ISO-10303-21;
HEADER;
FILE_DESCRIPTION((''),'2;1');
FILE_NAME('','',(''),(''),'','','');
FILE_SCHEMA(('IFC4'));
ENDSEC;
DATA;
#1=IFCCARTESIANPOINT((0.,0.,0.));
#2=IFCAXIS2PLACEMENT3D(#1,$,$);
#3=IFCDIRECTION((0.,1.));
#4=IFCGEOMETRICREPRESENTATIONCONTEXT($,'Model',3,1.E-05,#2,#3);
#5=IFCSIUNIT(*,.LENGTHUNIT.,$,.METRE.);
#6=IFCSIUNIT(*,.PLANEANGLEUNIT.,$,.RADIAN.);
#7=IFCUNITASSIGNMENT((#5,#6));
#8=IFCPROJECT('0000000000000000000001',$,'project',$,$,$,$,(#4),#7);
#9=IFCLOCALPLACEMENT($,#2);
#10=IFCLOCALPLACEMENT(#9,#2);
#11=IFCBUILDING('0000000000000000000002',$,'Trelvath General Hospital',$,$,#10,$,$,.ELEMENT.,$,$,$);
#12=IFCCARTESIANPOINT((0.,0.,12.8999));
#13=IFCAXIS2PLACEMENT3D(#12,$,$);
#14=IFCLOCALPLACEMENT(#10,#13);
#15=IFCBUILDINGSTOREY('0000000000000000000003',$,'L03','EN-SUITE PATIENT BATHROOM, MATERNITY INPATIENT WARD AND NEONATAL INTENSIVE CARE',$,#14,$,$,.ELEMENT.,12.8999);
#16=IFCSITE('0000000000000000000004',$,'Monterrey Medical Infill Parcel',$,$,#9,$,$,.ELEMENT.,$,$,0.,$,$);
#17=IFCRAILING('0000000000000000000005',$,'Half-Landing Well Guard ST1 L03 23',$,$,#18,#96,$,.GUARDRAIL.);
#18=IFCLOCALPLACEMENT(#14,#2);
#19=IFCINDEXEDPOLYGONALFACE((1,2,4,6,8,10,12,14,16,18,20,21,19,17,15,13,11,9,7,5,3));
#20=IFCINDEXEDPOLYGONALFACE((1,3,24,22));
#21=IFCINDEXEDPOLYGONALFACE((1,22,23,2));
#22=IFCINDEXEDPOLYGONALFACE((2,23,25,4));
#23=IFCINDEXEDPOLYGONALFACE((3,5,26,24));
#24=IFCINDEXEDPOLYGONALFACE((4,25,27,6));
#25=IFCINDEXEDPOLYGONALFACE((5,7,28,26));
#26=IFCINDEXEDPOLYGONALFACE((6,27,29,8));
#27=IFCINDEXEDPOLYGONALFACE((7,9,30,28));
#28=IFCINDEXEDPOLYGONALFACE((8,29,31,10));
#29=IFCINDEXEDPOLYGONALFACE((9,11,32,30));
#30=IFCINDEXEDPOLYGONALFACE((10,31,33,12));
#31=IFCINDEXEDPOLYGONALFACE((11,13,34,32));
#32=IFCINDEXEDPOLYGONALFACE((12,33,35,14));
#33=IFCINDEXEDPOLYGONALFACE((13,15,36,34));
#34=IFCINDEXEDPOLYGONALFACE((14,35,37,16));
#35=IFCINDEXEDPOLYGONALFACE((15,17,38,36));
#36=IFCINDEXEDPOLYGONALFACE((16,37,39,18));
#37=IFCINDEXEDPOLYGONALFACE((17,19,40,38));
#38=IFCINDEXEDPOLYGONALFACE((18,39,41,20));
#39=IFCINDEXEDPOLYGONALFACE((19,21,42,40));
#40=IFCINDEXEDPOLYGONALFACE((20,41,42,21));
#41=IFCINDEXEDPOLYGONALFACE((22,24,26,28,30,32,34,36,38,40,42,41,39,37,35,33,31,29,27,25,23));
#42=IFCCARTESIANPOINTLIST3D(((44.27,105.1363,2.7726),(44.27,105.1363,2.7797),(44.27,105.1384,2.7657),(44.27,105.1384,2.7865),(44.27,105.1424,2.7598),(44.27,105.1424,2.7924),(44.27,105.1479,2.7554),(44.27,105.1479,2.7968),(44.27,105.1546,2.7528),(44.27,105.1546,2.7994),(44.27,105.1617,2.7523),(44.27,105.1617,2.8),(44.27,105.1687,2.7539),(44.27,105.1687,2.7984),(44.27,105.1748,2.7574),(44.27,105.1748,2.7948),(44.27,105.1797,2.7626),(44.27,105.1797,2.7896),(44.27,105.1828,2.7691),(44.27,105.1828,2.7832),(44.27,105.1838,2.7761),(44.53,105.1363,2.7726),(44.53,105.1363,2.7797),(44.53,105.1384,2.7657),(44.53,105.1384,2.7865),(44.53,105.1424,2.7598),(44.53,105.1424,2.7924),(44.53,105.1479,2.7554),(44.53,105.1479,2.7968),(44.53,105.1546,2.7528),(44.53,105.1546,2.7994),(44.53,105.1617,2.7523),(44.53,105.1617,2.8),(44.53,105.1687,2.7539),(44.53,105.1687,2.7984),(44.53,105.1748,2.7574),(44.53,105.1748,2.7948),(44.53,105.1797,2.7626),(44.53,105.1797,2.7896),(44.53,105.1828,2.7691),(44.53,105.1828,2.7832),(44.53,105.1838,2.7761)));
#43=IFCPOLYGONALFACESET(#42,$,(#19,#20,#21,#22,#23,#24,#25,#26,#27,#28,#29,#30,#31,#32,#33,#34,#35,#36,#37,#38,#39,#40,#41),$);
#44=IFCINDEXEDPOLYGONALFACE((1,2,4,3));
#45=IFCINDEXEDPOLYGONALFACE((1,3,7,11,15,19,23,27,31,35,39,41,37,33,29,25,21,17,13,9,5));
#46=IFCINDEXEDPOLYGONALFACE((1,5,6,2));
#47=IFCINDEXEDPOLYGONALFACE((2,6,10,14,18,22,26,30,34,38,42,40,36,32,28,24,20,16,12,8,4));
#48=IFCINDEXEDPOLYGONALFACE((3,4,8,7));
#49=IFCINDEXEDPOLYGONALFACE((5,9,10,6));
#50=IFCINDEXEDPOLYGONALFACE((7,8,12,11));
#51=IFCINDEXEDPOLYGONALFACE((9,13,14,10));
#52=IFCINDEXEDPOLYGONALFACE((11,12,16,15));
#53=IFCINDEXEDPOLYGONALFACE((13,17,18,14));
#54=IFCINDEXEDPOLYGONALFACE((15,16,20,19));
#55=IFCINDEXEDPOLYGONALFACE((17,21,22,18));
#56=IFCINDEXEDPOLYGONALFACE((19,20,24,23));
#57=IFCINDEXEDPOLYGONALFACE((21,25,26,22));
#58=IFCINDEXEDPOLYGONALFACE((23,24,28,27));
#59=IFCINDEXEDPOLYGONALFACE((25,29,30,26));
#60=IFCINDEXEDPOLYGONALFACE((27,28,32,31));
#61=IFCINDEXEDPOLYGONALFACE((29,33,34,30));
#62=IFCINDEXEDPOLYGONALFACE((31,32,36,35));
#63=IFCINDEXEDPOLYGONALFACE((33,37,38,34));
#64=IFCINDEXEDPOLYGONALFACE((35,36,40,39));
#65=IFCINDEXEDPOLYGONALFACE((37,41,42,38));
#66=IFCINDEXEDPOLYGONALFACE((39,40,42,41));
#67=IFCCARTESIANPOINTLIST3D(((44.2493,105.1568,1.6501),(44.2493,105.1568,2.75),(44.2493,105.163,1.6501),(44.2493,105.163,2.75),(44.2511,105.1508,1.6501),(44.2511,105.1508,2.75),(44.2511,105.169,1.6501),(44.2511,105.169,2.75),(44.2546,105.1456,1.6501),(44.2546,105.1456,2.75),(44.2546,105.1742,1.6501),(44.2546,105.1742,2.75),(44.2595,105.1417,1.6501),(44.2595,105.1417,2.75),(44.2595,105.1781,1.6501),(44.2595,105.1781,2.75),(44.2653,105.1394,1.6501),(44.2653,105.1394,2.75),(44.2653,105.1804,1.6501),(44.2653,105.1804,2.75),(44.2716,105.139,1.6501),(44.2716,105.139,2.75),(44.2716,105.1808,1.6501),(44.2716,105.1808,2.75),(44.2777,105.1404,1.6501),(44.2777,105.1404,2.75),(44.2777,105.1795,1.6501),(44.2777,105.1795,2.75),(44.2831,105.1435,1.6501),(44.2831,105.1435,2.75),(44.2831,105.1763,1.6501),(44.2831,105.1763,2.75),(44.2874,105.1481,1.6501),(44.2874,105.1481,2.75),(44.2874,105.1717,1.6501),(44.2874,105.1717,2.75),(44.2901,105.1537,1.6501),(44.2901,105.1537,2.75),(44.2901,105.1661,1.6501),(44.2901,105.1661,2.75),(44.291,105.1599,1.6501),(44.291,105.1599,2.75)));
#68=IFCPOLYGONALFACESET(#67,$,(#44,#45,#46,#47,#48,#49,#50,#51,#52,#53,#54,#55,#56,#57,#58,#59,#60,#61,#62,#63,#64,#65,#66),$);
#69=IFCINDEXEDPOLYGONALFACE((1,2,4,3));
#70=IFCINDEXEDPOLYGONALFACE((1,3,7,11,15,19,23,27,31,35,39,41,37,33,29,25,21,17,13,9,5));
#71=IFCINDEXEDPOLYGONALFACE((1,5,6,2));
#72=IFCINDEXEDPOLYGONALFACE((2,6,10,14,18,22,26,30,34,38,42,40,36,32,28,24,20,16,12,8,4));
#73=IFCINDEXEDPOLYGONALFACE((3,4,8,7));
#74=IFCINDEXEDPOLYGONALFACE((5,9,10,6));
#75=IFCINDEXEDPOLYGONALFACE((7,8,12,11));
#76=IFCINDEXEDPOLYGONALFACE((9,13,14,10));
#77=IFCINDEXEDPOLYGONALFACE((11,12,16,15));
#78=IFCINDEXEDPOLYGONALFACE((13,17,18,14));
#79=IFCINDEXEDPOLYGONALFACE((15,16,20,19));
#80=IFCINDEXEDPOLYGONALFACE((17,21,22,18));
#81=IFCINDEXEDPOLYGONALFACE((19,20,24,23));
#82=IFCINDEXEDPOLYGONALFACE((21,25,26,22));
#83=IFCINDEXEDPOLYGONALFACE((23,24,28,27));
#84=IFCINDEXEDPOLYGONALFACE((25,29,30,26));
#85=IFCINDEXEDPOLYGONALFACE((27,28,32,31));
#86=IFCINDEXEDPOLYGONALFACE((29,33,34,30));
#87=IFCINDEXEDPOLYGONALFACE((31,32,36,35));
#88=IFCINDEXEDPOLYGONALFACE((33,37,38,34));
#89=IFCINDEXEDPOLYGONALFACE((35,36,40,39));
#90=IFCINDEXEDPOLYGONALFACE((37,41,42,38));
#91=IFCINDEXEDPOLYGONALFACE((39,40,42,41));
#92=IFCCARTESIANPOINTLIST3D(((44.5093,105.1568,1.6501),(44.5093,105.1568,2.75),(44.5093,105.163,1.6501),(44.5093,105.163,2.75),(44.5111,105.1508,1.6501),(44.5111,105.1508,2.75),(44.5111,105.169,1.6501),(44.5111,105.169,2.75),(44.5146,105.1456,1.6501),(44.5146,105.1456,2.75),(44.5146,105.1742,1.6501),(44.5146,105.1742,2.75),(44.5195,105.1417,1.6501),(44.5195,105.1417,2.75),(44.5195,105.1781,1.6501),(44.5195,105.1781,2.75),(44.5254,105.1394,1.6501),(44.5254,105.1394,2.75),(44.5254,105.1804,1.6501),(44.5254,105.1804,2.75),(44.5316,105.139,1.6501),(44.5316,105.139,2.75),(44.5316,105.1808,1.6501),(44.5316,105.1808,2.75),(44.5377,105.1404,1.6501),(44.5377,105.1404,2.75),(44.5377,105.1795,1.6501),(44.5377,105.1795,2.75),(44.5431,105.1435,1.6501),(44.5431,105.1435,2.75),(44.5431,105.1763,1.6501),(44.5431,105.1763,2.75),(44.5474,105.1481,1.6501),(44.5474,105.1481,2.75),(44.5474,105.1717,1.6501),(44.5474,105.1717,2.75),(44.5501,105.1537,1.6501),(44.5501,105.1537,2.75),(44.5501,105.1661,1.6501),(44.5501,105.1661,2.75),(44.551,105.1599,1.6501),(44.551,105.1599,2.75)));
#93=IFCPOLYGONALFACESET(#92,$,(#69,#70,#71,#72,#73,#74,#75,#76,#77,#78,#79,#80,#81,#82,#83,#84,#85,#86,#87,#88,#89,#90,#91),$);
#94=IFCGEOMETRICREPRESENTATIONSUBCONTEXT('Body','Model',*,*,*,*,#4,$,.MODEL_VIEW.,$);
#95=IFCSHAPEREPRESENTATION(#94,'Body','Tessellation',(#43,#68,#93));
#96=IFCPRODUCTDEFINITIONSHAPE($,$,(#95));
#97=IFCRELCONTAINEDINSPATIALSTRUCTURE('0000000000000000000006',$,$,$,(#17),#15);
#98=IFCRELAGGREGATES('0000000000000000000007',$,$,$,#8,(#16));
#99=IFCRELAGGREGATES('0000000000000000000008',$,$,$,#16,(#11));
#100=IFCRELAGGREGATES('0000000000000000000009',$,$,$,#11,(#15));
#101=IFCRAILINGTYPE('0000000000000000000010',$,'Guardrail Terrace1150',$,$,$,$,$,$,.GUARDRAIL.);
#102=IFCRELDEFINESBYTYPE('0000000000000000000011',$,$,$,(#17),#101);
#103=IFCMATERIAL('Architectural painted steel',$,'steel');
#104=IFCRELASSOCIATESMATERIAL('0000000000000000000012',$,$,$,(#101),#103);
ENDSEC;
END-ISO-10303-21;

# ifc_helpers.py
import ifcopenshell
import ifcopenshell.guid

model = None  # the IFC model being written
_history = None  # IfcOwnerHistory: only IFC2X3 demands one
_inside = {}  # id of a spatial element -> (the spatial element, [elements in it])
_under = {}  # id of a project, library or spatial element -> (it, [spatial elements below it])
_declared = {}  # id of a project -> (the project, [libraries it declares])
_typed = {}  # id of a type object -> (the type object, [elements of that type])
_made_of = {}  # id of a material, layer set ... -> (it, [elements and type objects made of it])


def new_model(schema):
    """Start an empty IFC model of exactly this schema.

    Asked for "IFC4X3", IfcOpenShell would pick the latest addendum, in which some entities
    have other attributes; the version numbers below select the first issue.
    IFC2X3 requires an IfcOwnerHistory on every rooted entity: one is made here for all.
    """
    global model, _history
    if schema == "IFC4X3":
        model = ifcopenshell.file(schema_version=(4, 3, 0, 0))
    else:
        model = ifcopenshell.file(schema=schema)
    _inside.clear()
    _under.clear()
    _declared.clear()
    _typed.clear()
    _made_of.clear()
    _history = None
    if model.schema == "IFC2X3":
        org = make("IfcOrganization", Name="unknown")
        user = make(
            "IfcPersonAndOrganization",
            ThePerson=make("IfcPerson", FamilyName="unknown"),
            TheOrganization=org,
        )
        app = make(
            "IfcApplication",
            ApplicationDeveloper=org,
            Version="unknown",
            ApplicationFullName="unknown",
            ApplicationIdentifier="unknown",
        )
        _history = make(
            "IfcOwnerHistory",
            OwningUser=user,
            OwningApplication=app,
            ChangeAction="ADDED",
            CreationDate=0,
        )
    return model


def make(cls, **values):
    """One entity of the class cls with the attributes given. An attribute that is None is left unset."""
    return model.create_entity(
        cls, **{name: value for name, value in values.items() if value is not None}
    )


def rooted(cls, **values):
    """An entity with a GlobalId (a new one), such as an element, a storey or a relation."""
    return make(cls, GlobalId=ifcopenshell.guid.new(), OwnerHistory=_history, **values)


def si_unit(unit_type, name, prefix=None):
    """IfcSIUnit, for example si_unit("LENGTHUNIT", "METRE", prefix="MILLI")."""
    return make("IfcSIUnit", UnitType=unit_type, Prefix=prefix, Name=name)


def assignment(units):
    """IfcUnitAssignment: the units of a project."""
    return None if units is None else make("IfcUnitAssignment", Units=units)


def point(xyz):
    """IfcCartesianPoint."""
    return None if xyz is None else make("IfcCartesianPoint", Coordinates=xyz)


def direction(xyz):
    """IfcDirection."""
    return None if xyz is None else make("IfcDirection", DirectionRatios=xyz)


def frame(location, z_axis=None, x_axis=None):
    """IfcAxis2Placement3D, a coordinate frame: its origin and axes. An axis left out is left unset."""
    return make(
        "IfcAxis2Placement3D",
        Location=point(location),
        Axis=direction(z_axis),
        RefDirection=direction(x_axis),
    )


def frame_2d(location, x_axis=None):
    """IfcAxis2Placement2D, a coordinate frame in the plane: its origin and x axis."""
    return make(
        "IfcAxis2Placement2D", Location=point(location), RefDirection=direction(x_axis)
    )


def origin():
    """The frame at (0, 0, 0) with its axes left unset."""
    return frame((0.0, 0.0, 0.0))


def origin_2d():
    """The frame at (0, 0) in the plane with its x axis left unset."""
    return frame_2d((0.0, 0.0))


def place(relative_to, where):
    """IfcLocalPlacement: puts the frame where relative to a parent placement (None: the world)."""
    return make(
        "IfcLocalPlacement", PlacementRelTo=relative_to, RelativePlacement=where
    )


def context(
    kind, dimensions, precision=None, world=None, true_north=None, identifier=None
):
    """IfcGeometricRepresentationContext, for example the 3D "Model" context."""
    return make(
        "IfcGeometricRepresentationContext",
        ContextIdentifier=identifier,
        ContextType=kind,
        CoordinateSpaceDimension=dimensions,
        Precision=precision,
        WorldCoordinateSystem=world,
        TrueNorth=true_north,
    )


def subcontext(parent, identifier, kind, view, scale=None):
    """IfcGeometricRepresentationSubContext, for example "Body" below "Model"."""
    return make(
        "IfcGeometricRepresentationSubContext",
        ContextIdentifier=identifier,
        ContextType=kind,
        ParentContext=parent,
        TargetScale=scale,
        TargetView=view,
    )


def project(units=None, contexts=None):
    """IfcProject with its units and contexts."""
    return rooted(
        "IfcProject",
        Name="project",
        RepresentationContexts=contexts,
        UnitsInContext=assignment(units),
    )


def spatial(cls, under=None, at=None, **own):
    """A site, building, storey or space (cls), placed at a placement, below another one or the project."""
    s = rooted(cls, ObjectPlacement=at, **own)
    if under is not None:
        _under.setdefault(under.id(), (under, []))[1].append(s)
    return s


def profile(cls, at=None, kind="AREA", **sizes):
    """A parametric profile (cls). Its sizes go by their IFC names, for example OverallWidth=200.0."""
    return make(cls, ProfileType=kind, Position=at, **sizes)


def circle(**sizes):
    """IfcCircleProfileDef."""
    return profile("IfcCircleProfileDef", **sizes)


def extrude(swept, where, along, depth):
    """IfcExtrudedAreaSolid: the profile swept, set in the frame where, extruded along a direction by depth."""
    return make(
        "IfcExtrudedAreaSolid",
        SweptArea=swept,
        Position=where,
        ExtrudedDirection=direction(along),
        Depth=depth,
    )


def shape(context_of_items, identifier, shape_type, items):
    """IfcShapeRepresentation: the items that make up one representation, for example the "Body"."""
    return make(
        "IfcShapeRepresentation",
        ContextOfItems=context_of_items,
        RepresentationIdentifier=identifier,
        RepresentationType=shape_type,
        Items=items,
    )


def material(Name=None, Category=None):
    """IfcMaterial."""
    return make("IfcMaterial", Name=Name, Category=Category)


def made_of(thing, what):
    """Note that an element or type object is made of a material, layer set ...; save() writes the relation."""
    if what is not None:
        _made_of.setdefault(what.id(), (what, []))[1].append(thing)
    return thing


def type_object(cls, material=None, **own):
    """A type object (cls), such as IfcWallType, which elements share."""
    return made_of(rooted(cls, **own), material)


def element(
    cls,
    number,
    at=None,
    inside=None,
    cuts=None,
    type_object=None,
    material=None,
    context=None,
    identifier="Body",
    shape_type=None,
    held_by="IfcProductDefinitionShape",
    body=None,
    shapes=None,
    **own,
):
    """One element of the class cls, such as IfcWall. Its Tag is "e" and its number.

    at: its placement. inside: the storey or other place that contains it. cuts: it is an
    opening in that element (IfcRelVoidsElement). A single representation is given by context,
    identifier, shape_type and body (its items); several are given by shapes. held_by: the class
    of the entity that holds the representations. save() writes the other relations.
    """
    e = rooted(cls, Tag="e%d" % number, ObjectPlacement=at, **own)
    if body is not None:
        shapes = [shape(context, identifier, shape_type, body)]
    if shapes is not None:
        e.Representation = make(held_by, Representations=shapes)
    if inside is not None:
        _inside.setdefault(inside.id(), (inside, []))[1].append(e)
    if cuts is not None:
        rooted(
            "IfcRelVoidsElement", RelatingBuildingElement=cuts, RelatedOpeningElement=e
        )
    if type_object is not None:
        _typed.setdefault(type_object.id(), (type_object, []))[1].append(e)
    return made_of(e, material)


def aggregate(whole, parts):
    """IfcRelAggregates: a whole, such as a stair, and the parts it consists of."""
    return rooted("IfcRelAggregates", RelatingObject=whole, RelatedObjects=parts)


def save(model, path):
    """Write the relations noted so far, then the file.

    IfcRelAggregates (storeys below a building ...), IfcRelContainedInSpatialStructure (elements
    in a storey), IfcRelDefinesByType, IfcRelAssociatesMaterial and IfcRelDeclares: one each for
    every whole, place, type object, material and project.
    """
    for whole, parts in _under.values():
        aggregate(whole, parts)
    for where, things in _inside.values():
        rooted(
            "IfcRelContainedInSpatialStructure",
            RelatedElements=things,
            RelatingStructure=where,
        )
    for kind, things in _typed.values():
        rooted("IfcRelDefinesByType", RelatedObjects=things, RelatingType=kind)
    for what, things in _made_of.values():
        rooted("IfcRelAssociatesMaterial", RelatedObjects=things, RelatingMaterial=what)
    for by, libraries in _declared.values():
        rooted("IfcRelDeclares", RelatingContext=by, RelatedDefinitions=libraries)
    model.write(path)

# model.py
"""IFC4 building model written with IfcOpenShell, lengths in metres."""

from ifc_helpers import new_model, si_unit, direction, frame, origin, origin_2d, place, context, subcontext, project, spatial, circle, extrude, material, type_object, element, save


model = new_model("IFC4")

# Units and contexts
model_context = context("Model", 3, precision=1e-05, world=origin(), true_north=direction((0.0, 1.0)))
body_context = subcontext(model_context, "Body", "Model", "MODEL_VIEW")
ifc_project = project(units=[si_unit("LENGTHUNIT", "METRE"), si_unit("PLANEANGLEUNIT", "RADIAN")], contexts=[model_context])

# Site, building, storey
site_placement = place(None, origin())
site = spatial("IfcSite", under=ifc_project, at=site_placement, Name="Monterrey Medical Infill Parcel", CompositionType="ELEMENT", RefElevation=0.0)
building_placement = place(site_placement, origin())
building = spatial("IfcBuilding", under=site, at=building_placement, Name="Trelvath General Hospital", CompositionType="ELEMENT")
storey_placement = place(building_placement, frame((0.0, 0.0, 12.8999)))
storey = spatial("IfcBuildingStorey", under=building, at=storey_placement, Name="L03", Description="EN-SUITE PATIENT BATHROOM, MATERNITY INPATIENT WARD AND NEONATAL INTENSIVE CARE", CompositionType="ELEMENT", Elevation=12.8999)

# Railing
ifc_material_1 = material(Name="Architectural painted steel", Category="steel")
railing_type_1 = type_object("IfcRailingType", Name="Guardrail Terrace1150", PredefinedType="GUARDRAIL", material=ifc_material_1)
railing_1_placement = place(storey_placement, frame((44.27, 105.1599, 1.6501)))
element("IfcRailing", 1, at=railing_1_placement, inside=storey, type_object=railing_type_1, Name="Half-Landing Well Guard ST1 L03 23", PredefinedType="GUARDRAIL", context=body_context, shape_type="SweptSolid", body=[
    extrude(circle(Radius=0.0239, at=origin_2d()), frame((0.0, 0.0, 1.126), z_axis=(1.0, 0.0, 0.0), x_axis=(0.0, 1.0, 0.0)), (0.0, 0.0, 1.0), 0.26),
    extrude(circle(Radius=0.021, at=origin_2d()), origin(), (0.0, 0.0, 1.0), 1.0999),
    extrude(circle(Radius=0.021, at=origin_2d()), frame((0.26, 0.0, 0.0)), (0.0, 0.0, 1.0), 1.0999),
])

save(model, "model.ifc")
